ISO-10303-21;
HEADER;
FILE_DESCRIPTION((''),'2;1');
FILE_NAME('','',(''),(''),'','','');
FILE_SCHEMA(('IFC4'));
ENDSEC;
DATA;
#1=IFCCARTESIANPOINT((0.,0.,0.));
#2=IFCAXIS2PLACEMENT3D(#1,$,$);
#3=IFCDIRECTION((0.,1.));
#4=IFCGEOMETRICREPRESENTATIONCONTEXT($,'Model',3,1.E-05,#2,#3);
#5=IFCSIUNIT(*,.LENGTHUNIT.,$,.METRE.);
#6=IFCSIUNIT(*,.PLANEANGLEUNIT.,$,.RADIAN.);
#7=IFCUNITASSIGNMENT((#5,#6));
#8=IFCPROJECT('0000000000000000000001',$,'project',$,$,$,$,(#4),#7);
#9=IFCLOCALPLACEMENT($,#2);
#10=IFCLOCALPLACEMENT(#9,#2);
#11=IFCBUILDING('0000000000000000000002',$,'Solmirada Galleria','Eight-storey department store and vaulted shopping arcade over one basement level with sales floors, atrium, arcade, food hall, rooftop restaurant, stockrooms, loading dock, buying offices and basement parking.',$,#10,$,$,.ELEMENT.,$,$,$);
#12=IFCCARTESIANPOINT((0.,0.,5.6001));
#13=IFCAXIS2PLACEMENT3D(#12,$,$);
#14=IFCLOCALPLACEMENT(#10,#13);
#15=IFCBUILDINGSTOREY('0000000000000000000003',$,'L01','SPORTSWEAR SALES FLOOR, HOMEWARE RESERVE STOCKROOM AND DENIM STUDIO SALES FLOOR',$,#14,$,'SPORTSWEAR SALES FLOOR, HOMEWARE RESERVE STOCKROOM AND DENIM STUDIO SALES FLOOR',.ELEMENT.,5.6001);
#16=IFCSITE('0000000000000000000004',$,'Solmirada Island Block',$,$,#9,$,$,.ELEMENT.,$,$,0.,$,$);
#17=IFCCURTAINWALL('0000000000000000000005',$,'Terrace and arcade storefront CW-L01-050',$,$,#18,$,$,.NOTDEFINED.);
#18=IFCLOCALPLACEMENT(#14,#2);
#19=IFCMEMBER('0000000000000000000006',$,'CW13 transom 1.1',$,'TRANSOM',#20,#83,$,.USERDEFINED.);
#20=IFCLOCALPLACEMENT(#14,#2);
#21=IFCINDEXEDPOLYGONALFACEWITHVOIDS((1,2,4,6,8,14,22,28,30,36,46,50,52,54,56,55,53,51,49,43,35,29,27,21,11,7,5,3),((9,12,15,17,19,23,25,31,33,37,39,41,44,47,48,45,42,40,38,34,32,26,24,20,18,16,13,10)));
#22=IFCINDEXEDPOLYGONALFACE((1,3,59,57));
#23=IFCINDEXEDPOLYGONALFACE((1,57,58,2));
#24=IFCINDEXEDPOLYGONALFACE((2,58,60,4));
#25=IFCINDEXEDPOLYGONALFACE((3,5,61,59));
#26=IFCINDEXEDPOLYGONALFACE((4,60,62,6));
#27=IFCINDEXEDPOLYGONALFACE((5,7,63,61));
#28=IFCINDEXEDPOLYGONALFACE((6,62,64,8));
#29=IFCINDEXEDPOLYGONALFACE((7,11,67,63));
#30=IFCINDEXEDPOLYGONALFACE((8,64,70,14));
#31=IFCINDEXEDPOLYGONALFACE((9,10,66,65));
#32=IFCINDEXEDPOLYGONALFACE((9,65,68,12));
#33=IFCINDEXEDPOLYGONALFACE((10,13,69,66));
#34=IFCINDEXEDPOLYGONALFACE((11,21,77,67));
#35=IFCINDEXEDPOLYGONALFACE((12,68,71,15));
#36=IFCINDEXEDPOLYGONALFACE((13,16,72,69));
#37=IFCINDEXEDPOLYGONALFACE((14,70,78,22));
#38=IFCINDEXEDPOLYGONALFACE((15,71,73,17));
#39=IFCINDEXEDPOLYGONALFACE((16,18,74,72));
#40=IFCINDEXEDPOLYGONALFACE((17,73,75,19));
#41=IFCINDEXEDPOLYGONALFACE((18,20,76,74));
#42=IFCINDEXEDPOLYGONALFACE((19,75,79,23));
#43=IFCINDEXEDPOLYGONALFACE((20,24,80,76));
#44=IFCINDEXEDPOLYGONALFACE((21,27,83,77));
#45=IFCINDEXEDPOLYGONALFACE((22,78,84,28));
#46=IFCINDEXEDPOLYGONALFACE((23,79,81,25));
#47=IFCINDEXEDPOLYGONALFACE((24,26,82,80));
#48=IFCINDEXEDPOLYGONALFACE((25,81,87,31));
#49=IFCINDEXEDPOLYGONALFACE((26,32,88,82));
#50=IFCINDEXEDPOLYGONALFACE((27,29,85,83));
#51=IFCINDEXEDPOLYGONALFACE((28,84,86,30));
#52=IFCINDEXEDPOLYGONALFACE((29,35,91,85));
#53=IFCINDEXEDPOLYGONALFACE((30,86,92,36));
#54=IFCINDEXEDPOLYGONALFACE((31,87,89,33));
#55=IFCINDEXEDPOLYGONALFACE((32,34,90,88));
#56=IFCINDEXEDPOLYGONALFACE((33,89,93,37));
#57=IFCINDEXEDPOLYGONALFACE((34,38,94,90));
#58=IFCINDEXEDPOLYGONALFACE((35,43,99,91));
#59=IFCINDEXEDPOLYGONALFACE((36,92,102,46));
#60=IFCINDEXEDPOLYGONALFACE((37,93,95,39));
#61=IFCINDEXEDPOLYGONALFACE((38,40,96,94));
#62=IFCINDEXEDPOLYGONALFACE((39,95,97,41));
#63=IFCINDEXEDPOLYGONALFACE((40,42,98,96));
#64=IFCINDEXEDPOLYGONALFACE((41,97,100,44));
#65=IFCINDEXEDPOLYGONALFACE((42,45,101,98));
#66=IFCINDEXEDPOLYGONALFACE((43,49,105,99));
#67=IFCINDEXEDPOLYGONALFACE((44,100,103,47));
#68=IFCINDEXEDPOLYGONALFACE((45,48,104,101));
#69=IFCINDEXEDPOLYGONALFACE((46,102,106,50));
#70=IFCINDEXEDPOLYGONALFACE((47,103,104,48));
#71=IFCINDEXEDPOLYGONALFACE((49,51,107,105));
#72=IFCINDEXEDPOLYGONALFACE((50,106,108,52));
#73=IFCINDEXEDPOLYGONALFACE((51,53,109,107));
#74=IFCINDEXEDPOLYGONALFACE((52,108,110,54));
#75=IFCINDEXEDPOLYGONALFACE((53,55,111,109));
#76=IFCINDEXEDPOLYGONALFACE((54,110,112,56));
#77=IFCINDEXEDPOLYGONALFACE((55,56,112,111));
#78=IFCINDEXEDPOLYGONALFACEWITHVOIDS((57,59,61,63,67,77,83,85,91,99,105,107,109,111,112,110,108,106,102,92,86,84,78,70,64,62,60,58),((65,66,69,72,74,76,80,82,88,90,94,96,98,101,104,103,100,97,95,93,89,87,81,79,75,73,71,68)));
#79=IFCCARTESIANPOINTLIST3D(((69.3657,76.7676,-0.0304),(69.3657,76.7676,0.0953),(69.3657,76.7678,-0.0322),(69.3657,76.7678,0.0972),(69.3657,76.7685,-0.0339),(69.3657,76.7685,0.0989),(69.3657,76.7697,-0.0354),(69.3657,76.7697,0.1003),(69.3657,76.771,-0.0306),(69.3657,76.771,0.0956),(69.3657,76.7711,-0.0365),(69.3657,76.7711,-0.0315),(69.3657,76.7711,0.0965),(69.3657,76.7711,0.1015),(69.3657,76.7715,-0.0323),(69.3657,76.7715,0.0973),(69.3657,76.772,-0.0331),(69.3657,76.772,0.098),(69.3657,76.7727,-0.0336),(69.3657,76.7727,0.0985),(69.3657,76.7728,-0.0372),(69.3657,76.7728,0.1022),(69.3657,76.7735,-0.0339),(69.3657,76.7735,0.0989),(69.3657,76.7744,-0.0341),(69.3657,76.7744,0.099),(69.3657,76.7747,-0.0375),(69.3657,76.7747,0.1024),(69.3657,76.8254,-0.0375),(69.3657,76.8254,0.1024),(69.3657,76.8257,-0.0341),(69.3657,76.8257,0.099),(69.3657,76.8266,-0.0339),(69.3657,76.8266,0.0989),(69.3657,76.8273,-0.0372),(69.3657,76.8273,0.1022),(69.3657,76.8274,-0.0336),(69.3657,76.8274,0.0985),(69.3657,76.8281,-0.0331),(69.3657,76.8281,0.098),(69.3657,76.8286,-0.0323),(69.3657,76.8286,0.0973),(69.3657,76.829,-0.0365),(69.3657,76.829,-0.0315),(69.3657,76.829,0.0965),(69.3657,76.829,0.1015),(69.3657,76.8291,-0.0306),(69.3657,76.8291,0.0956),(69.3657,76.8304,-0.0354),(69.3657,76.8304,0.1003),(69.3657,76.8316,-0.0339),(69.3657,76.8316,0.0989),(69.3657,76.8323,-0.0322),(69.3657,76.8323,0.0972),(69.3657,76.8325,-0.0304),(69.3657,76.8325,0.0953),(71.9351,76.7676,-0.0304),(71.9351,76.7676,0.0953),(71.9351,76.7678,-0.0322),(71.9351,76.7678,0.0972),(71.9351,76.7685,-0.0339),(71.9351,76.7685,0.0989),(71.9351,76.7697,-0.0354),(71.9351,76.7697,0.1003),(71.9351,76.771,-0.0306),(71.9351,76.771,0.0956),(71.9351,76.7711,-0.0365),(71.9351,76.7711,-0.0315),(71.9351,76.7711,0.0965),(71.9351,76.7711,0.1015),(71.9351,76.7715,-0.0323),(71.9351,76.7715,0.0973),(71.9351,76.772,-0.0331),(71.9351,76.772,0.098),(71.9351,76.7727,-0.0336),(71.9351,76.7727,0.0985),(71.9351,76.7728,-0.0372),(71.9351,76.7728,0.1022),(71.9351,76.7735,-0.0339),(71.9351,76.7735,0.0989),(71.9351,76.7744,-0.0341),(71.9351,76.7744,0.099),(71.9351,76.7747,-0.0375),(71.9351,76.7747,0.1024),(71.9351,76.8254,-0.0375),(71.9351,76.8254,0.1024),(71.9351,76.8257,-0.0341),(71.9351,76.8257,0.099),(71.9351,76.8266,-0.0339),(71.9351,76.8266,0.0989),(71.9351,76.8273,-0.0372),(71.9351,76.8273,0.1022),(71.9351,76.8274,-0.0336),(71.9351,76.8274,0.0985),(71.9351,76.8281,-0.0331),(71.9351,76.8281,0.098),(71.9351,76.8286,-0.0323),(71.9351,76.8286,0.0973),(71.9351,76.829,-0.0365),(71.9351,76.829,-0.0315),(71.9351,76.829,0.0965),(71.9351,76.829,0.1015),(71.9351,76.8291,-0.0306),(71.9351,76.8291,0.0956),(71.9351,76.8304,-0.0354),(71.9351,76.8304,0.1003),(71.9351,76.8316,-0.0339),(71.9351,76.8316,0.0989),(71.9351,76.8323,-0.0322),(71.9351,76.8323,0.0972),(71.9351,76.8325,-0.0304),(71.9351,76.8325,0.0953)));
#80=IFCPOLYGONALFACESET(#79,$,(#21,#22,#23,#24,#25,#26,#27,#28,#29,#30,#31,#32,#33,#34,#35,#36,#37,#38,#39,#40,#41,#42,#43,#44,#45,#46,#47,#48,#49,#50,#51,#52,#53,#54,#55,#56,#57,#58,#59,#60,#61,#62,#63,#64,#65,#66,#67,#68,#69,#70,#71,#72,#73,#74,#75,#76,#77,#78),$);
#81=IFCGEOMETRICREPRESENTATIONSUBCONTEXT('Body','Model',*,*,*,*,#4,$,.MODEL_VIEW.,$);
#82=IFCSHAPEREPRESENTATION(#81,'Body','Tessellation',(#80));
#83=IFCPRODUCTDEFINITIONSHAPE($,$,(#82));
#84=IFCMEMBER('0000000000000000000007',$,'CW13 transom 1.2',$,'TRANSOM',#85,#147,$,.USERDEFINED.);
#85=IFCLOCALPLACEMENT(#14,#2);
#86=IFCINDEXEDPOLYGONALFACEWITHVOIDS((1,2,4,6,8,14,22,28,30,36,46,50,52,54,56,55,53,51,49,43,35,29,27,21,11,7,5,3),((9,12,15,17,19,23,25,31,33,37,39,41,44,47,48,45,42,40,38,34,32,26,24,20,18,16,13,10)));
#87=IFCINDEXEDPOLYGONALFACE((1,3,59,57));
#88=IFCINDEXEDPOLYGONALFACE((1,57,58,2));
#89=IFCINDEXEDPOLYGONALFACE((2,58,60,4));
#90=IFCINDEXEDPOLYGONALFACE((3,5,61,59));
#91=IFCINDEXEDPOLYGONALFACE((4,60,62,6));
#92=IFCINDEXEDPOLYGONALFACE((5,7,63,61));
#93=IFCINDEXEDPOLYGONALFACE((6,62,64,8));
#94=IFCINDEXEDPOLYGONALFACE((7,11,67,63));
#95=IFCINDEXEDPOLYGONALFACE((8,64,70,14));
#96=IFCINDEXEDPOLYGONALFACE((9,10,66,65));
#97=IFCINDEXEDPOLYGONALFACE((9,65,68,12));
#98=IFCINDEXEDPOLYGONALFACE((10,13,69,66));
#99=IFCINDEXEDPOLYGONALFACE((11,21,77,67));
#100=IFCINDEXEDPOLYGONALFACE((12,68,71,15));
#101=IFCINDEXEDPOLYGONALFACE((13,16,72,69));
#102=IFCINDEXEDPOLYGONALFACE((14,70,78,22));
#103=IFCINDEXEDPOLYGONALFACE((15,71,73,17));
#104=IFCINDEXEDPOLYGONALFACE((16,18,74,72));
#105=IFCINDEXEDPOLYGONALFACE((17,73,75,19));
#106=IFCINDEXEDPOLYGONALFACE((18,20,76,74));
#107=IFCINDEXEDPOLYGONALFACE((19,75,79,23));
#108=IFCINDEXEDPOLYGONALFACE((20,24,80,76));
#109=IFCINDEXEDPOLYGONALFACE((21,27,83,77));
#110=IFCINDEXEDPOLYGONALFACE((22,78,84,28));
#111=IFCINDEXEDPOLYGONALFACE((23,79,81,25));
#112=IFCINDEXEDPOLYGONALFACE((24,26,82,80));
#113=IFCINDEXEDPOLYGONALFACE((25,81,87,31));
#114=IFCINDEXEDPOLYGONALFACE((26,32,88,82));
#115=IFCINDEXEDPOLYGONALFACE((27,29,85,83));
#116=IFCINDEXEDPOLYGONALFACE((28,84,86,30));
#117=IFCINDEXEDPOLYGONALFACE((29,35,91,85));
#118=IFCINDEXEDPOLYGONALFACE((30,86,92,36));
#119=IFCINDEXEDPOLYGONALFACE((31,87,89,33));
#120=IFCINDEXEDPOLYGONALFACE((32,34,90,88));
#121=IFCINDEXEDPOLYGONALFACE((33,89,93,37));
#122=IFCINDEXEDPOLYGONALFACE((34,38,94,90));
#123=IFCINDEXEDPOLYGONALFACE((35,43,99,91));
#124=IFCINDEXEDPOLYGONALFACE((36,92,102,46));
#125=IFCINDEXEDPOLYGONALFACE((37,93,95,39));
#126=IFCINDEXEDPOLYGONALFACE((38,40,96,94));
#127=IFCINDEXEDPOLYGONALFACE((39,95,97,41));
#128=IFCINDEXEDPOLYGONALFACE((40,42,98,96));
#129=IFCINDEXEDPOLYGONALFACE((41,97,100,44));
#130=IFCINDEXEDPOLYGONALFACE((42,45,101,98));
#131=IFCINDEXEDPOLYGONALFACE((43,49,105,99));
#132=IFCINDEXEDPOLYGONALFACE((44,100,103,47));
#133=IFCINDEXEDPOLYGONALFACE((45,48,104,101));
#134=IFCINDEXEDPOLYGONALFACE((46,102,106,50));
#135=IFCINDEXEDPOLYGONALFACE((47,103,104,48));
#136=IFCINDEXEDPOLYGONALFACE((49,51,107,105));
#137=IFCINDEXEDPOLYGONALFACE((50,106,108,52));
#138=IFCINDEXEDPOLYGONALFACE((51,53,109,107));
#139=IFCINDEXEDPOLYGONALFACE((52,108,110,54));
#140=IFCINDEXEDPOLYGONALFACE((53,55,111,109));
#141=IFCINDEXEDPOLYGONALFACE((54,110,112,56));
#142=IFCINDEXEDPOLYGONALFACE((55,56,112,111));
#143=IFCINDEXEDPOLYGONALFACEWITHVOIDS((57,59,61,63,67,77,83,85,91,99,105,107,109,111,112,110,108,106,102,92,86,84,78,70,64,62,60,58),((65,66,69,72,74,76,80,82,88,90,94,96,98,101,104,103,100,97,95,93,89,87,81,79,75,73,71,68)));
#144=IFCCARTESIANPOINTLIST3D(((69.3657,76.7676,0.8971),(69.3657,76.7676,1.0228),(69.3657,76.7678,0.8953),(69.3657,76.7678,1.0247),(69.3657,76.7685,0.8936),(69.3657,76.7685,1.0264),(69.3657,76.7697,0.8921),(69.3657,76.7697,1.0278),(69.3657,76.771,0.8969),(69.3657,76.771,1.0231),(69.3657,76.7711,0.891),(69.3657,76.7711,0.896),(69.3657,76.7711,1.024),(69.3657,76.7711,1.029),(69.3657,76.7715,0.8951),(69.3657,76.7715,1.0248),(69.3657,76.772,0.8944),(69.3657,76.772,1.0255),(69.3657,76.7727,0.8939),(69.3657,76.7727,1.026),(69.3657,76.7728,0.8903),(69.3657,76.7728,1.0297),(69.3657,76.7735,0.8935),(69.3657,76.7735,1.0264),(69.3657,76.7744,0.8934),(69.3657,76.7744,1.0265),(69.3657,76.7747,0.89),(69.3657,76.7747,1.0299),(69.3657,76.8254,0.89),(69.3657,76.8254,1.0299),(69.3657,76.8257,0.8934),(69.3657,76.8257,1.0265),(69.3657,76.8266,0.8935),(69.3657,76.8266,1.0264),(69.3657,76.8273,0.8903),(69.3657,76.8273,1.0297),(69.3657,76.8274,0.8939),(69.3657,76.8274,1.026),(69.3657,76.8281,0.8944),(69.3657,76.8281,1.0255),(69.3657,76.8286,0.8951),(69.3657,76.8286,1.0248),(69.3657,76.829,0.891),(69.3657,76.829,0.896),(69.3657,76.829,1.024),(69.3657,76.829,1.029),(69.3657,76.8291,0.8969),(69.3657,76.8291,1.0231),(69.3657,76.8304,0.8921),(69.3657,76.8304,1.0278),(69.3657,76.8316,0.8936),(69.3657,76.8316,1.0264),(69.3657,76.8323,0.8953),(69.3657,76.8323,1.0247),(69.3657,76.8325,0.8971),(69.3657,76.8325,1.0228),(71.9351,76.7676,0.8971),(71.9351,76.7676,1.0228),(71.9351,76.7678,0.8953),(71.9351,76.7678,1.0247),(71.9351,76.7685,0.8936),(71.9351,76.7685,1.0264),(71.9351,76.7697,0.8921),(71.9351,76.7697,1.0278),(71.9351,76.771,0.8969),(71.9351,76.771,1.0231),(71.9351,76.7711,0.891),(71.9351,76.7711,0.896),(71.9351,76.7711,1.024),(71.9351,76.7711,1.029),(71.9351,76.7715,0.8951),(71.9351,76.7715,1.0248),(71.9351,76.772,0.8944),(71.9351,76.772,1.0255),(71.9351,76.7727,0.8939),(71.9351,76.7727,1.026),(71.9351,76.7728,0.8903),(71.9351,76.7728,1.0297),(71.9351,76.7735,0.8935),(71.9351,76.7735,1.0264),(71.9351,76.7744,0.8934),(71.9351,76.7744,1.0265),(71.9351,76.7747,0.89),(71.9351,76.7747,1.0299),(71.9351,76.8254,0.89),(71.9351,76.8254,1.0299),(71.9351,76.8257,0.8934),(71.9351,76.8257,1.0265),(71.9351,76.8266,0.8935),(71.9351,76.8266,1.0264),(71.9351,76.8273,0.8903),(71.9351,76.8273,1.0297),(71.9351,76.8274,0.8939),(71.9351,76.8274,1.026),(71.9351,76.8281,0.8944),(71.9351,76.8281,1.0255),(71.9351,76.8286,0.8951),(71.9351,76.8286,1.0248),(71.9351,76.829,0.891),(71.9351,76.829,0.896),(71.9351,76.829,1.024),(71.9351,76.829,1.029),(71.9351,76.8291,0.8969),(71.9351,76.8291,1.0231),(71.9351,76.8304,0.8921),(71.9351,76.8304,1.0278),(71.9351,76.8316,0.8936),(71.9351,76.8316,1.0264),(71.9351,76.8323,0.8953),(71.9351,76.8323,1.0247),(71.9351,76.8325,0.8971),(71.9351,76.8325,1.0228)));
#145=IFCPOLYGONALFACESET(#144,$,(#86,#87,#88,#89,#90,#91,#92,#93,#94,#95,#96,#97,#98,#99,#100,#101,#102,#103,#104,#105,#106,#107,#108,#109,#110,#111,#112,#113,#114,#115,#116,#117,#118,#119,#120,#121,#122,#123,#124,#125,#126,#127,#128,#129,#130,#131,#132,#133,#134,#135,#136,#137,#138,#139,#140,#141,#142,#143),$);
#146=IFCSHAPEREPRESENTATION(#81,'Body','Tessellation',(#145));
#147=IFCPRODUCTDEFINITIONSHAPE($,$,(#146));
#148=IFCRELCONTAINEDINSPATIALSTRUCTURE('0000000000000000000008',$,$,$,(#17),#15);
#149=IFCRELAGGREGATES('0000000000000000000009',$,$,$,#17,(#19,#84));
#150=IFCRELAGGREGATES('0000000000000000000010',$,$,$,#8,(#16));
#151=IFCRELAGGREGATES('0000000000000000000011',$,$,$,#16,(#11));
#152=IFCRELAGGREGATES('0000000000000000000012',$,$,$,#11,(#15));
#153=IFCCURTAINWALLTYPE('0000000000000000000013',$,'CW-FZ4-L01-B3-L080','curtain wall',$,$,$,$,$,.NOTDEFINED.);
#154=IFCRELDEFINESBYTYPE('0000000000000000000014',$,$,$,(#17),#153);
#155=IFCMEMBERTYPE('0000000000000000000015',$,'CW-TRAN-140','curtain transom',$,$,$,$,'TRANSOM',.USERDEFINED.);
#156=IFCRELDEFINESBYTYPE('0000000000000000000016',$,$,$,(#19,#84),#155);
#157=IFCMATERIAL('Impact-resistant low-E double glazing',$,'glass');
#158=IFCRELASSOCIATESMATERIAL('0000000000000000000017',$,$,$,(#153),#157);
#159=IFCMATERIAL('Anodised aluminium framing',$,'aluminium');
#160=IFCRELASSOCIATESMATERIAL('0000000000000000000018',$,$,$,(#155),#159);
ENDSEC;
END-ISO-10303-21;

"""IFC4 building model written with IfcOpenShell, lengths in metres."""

from ifc_helpers import new_model, si_unit, direction, frame, origin, origin_2d, place, context, subcontext, project, spatial, hollow_rectangle, extrude, material, material_profile, profile_set, type_object, element, aggregate, save


model = new_model("IFC4")

# Units and contexts
model_context = context("Model", 3, precision=1e-05, world=origin(), true_north=direction((0.0, 1.0)))
body_context = subcontext(model_context, "Body", "Model", "MODEL_VIEW")
ifc_project = project(units=[si_unit("LENGTHUNIT", "METRE"), si_unit("PLANEANGLEUNIT", "RADIAN")], contexts=[model_context])

# Site, building, storey
site_placement = place(None, origin())
site = spatial("IfcSite", under=ifc_project, at=site_placement, Name="Solmirada Island Block", CompositionType="ELEMENT", RefElevation=0.0)
building_placement = place(site_placement, origin())
building = spatial("IfcBuilding", under=site, at=building_placement, Name="Solmirada Galleria", Description="Eight-storey department store and vaulted shopping arcade over one basement level with sales floors, atrium, arcade, food hall, rooftop restaurant, stockrooms, loading dock, buying offices and basement parking.", CompositionType="ELEMENT")
storey_placement = place(building_placement, frame((0.0, 0.0, 5.6001)))
storey = spatial("IfcBuildingStorey", under=building, at=storey_placement, Name="L01", Description="SPORTSWEAR SALES FLOOR, HOMEWARE RESERVE STOCKROOM AND DENIM STUDIO SALES FLOOR", LongName="SPORTSWEAR SALES FLOOR, HOMEWARE RESERVE STOCKROOM AND DENIM STUDIO SALES FLOOR", CompositionType="ELEMENT", Elevation=5.6001)

# Curtain wall
ifc_material_1 = material(Name="Impact-resistant low-E double glazing", Category="glass")
curtain_wall_type = type_object("IfcCurtainWallType", Name="CW-FZ4-L01-B3-L080", Description="curtain wall", PredefinedType="NOTDEFINED", material=ifc_material_1)
ifc_material_2 = material(Name="Anodised aluminium framing", Category="aluminium")
curtain_wall_1_placement = place(storey_placement, origin())
curtain_wall_1 = element("IfcCurtainWall", 1, at=curtain_wall_1_placement, inside=storey, type_object=curtain_wall_type, Name="Terrace and arcade storefront CW-L01-050", PredefinedType="NOTDEFINED")

# Members
ifc_material_profile_1 = material_profile(ifc_material_2, hollow_rectangle(XDim=0.0649, YDim=0.1399, WallThickness=0.0034, InnerFilletRadius=0.0034, OuterFilletRadius=0.0071, at=origin_2d()), Name="ALU-TRAN-140X65")
ifc_profile_set_1 = profile_set([ifc_material_profile_1], Name="Anodised aluminium framing")
member_type_1 = type_object("IfcMemberType", Name="CW-TRAN-140", Description="curtain transom", ElementType="TRANSOM", PredefinedType="USERDEFINED", material=ifc_profile_set_1)
member_1_placement = place(storey_placement, frame((71.9351, 76.8, 0.0325), z_axis=(-1.0, 0.0, 0.0), x_axis=(0.0, -1.0, 0.0)))
member_1 = element("IfcMember", 2, at=member_1_placement, type_object=member_type_1, Name="CW13 transom 1.1", ObjectType="TRANSOM", PredefinedType="USERDEFINED", context=body_context, shape_type="SweptSolid", body=[
    extrude(hollow_rectangle(XDim=0.0649, YDim=0.1399, WallThickness=0.0034, InnerFilletRadius=0.0034, OuterFilletRadius=0.0071, at=origin_2d()), origin(), (0.0, 0.0, 1.0), 2.5693),
])
member_2_placement = place(storey_placement, frame((71.9351, 76.8, 0.96), z_axis=(-1.0, 0.0, 0.0), x_axis=(0.0, -1.0, 0.0)))
member_2 = element("IfcMember", 3, at=member_2_placement, type_object=member_type_1, Name="CW13 transom 1.2", ObjectType="TRANSOM", PredefinedType="USERDEFINED", context=body_context, shape_type="SweptSolid", body=[
    extrude(hollow_rectangle(XDim=0.0649, YDim=0.1399, WallThickness=0.0034, InnerFilletRadius=0.0034, OuterFilletRadius=0.0071, at=origin_2d()), origin(), (0.0, 0.0, 1.0), 2.5693),
])

aggregate(curtain_wall_1, [member_1, member_2])

save(model, "model.ifc")
